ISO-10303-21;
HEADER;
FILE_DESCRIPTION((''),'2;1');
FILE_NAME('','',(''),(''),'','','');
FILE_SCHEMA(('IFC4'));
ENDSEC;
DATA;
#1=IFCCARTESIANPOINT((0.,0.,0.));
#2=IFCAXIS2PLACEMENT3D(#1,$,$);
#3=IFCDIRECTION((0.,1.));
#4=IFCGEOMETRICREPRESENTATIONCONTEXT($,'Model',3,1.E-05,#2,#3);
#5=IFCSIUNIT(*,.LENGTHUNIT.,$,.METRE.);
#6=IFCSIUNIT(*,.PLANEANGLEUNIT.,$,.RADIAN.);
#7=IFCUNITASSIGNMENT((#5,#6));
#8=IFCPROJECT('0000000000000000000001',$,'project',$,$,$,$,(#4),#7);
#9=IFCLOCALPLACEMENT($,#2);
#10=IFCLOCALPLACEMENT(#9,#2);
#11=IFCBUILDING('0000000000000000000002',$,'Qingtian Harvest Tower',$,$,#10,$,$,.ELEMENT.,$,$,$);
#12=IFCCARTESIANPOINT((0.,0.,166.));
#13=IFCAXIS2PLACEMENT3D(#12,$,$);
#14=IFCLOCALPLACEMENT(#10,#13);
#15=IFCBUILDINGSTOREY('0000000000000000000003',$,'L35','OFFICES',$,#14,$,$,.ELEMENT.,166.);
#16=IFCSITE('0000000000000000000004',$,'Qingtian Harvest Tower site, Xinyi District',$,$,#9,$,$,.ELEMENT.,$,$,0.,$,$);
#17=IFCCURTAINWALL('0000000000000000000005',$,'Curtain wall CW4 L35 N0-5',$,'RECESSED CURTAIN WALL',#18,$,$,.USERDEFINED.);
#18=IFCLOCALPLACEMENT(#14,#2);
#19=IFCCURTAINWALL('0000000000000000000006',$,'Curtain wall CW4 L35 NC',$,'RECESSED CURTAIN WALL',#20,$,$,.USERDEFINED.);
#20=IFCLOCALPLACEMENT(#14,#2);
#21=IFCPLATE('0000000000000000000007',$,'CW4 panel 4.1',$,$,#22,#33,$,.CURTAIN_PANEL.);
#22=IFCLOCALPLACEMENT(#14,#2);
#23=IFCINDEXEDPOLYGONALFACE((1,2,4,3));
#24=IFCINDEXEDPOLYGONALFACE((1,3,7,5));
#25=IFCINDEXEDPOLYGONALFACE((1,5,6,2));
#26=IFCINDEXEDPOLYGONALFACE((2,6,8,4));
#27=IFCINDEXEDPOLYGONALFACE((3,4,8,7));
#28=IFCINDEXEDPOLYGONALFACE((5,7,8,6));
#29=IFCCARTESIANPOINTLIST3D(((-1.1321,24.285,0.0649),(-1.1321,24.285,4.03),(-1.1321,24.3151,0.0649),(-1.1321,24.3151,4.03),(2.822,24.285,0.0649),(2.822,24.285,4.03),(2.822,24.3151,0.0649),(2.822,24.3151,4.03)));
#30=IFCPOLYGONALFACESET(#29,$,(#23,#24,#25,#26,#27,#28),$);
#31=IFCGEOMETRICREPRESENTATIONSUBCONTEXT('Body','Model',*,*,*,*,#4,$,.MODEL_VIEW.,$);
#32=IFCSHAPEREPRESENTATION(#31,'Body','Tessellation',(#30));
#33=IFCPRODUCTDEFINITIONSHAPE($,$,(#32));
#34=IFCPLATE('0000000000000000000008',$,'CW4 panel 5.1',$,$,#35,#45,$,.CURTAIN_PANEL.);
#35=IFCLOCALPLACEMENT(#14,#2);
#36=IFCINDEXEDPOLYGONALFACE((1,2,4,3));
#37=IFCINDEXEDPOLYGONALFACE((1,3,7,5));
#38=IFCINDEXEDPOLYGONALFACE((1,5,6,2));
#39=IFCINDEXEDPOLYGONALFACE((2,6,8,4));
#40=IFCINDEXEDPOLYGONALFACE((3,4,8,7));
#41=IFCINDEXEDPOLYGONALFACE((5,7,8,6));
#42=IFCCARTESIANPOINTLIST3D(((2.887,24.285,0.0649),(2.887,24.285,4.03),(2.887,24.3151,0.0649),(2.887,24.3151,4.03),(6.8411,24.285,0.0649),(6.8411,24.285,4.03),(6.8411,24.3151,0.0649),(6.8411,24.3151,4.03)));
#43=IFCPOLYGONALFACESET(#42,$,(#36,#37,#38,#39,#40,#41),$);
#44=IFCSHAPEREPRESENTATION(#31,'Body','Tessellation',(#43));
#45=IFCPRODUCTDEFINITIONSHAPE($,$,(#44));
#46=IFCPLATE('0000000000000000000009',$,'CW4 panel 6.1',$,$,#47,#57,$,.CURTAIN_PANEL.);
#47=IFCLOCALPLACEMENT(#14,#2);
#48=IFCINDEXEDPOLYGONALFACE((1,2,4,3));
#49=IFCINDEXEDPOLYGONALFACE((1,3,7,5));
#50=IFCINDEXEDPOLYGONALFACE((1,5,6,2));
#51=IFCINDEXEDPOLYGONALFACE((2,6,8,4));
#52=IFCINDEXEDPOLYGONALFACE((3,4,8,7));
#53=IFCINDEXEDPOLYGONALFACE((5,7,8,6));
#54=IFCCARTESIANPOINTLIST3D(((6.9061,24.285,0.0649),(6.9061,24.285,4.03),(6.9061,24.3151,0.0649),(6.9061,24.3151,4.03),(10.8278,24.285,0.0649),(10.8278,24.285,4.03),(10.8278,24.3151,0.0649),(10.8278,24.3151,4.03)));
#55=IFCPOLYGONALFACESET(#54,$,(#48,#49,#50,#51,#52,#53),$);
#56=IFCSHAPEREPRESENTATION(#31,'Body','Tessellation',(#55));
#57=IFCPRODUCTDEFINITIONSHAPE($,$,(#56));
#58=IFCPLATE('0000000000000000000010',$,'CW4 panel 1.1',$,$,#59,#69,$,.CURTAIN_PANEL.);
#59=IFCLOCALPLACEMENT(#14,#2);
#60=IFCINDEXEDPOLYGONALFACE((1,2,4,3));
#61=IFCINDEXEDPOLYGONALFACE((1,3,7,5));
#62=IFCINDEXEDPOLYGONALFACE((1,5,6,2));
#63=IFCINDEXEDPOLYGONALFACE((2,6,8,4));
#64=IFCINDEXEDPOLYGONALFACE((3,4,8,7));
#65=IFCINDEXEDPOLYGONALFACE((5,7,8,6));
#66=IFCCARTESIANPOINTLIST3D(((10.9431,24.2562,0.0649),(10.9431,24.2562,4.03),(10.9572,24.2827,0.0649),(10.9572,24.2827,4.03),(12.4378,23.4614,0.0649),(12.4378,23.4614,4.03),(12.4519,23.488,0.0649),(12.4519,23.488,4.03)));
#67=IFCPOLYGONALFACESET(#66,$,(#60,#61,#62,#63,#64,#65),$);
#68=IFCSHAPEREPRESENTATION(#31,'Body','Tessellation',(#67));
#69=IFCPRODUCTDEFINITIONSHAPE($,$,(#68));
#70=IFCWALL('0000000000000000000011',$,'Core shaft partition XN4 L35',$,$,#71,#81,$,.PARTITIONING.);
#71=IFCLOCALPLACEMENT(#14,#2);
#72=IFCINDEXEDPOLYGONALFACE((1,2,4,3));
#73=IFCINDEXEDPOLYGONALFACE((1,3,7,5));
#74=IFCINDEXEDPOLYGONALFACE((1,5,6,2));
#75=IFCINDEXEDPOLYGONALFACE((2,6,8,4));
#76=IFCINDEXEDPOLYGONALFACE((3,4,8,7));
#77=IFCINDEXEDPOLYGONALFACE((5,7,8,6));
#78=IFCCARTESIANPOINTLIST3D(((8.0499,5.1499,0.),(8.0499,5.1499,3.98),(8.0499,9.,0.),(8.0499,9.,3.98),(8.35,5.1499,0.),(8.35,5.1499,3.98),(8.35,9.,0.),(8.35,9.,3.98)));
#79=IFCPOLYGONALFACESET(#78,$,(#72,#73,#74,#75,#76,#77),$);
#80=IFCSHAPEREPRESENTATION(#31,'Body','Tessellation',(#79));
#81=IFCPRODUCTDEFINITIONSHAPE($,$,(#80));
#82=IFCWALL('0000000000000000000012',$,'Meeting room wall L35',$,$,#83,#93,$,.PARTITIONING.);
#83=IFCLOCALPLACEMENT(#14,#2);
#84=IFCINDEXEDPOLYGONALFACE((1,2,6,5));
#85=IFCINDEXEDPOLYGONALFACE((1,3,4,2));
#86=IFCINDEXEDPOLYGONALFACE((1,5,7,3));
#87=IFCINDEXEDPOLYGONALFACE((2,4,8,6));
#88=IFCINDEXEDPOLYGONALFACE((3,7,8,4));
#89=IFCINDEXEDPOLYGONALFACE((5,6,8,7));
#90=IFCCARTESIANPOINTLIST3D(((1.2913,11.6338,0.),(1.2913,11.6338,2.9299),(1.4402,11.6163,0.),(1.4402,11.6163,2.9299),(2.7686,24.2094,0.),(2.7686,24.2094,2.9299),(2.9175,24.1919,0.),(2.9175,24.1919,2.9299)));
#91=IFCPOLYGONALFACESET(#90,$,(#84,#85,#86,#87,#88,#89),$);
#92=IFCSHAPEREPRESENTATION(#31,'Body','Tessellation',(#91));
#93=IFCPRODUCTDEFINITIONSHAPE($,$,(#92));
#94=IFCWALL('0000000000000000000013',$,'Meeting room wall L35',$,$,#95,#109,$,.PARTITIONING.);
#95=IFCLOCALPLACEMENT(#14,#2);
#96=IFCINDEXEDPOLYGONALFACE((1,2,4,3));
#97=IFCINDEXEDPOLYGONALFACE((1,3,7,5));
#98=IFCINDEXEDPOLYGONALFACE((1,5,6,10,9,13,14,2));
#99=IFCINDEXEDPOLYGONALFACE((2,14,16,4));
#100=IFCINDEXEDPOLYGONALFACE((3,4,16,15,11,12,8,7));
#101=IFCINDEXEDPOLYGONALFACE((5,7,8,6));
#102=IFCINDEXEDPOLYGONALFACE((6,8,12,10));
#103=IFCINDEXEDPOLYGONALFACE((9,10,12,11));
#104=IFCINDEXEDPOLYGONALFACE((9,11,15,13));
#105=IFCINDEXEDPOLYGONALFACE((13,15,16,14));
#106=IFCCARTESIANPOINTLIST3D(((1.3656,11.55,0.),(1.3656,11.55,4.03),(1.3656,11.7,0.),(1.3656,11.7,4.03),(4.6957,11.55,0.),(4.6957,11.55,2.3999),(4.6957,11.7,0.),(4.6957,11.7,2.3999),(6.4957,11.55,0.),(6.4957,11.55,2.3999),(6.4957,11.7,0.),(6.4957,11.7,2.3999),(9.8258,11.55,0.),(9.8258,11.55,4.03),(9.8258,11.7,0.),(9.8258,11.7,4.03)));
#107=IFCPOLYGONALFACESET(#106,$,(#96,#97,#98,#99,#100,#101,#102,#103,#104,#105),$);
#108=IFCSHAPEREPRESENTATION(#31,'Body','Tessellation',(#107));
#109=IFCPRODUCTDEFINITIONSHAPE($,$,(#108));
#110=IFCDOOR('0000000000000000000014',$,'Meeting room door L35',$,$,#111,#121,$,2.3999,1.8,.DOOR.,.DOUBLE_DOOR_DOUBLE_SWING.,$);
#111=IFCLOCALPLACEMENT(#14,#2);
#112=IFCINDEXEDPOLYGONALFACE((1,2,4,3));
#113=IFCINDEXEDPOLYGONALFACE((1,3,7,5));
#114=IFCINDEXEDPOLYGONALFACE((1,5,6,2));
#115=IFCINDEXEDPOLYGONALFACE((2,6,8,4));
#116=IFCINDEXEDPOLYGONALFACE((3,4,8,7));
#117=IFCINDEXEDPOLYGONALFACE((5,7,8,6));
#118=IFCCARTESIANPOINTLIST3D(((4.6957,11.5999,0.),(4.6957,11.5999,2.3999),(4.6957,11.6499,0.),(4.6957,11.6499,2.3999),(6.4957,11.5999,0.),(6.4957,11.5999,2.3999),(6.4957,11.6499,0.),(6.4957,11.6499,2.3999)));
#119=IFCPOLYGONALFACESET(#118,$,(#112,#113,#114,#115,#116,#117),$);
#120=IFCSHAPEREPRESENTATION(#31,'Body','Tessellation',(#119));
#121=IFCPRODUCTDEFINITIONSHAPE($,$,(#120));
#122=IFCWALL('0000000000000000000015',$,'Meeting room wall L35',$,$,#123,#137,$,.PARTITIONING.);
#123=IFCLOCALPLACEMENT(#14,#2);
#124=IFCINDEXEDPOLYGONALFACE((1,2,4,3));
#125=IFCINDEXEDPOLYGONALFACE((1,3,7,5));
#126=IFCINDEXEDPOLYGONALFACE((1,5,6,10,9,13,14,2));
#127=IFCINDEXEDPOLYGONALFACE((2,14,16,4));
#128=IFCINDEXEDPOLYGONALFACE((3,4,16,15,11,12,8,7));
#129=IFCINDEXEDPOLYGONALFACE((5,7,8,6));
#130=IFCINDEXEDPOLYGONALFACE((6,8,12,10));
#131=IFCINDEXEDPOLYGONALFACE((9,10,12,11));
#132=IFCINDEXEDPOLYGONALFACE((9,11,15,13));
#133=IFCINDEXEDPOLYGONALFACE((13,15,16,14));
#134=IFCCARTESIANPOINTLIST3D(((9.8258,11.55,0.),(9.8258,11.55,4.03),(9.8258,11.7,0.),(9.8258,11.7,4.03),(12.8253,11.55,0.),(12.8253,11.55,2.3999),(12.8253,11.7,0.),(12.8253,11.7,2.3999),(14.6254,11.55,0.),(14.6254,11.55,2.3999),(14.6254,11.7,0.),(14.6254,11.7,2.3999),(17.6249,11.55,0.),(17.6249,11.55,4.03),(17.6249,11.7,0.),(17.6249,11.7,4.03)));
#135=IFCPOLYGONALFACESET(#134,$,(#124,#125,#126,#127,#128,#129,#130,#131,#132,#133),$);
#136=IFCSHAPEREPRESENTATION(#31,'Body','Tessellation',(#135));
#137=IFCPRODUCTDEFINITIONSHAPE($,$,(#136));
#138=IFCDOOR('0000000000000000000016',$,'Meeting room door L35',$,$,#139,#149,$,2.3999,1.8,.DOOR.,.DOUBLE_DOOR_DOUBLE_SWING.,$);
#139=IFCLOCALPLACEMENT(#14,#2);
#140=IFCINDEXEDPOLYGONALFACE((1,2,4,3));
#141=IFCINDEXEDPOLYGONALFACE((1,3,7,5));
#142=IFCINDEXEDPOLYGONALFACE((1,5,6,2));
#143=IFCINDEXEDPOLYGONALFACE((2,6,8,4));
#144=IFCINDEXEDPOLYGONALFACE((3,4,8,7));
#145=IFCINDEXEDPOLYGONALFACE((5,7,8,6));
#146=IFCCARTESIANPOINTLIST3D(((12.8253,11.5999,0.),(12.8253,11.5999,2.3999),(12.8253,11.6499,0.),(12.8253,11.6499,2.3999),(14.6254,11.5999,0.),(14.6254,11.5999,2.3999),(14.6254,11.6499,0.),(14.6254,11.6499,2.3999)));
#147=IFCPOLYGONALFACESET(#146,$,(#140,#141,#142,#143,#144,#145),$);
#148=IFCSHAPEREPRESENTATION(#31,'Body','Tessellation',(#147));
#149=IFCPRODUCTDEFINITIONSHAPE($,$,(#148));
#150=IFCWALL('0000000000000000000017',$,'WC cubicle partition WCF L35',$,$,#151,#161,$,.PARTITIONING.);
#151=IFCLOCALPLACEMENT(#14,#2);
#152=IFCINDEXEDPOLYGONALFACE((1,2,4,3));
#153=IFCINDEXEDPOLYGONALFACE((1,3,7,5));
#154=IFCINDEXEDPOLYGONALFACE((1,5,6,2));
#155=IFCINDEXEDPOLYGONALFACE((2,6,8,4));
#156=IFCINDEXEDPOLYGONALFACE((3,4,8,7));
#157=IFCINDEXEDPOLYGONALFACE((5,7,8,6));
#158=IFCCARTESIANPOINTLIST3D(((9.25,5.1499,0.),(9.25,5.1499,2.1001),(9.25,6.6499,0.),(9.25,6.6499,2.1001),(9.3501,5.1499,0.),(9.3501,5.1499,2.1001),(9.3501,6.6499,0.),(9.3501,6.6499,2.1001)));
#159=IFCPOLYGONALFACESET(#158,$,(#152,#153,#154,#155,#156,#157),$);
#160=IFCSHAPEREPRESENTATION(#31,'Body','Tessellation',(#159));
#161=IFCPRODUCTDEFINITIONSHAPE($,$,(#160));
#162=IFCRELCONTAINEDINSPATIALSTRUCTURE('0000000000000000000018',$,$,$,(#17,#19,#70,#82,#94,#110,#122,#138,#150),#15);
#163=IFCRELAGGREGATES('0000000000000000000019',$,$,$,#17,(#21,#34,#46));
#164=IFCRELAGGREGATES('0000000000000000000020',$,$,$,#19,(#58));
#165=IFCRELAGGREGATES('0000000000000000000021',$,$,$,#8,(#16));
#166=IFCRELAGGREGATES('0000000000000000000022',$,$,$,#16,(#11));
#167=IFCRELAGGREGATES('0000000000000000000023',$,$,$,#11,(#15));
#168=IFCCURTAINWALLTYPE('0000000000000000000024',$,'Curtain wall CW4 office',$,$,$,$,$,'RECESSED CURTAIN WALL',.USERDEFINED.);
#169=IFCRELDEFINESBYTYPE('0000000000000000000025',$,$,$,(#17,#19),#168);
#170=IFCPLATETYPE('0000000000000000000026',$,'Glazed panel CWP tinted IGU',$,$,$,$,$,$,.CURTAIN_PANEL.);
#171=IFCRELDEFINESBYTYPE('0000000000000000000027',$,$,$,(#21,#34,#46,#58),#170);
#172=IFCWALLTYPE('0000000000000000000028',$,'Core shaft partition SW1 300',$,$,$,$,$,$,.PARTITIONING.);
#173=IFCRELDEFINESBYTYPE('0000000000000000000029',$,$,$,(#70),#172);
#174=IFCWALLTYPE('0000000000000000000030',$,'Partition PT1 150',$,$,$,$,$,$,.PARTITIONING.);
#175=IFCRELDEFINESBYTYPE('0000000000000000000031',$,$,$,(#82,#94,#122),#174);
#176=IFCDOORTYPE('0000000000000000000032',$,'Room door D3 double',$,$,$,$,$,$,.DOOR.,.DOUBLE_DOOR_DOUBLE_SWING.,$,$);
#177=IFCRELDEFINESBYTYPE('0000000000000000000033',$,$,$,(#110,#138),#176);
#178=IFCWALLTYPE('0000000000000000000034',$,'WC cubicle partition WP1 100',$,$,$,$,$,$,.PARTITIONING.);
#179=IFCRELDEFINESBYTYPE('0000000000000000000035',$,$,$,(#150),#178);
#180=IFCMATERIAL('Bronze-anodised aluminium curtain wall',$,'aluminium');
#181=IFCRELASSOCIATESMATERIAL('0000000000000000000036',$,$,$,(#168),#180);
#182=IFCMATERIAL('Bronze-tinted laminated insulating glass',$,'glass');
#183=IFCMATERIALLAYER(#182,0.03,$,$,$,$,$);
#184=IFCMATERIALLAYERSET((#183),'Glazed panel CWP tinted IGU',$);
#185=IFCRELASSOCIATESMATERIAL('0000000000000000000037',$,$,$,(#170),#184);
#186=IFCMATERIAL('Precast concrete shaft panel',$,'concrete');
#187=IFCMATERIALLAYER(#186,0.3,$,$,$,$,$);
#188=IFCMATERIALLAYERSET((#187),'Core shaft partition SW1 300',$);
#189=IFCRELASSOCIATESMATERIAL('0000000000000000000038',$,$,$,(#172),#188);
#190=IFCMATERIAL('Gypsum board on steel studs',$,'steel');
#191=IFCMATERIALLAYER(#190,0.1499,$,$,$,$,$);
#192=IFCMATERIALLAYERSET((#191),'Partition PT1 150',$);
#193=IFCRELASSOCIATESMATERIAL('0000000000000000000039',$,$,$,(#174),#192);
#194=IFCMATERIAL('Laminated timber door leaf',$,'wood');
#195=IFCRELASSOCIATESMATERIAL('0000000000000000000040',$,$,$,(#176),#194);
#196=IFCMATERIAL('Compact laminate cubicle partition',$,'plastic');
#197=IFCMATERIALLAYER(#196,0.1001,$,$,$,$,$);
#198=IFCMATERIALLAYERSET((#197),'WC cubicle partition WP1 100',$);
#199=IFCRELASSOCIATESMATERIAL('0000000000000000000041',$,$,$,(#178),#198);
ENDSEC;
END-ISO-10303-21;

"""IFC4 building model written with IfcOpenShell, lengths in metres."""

from ifc_helpers import new_model, si_unit, direction, frame, frame_2d, origin, origin_2d, place, context, subcontext, project, spatial, rectangle, extrude, material, layer, layer_set, type_object, element, fill, aggregate, save


model = new_model("IFC4")

# Units and contexts
model_context = context("Model", 3, precision=1e-05, world=origin(), true_north=direction((0.0, 1.0)))
body_context = subcontext(model_context, "Body", "Model", "MODEL_VIEW")
ifc_project = project(units=[si_unit("LENGTHUNIT", "METRE"), si_unit("PLANEANGLEUNIT", "RADIAN")], contexts=[model_context])

# Site, building, storey
site_placement = place(None, origin())
site = spatial("IfcSite", under=ifc_project, at=site_placement, Name="Qingtian Harvest Tower site, Xinyi District", CompositionType="ELEMENT", RefElevation=0.0)
building_placement = place(site_placement, origin())
building = spatial("IfcBuilding", under=site, at=building_placement, Name="Qingtian Harvest Tower", CompositionType="ELEMENT")
storey_placement = place(building_placement, frame((0.0, 0.0, 166.0)))
storey = spatial("IfcBuildingStorey", under=building, at=storey_placement, Name="L35", Description="OFFICES", CompositionType="ELEMENT", Elevation=166.0)

# Curtain walls
ifc_material_1 = material(Name="Bronze-anodised aluminium curtain wall", Category="aluminium")
curtain_wall_type = type_object("IfcCurtainWallType", Name="Curtain wall CW4 office", ElementType="RECESSED CURTAIN WALL", PredefinedType="USERDEFINED", material=ifc_material_1)
curtain_wall_1_placement = place(storey_placement, origin())
curtain_wall_1 = element("IfcCurtainWall", 1, at=curtain_wall_1_placement, inside=storey, type_object=curtain_wall_type, Name="Curtain wall CW4 L35 N0-5", ObjectType="RECESSED CURTAIN WALL", PredefinedType="USERDEFINED")
curtain_wall_2_placement = place(storey_placement, origin())
curtain_wall_2 = element("IfcCurtainWall", 2, at=curtain_wall_2_placement, inside=storey, type_object=curtain_wall_type, Name="Curtain wall CW4 L35 NC", ObjectType="RECESSED CURTAIN WALL", PredefinedType="USERDEFINED")

# Plates
ifc_material_2 = material(Name="Bronze-tinted laminated insulating glass", Category="glass")
ifc_layer_1 = layer(ifc_material_2, 0.03)
ifc_layer_set_1 = layer_set([ifc_layer_1], Name="Glazed panel CWP tinted IGU")
plate_type = type_object("IfcPlateType", Name="Glazed panel CWP tinted IGU", PredefinedType="CURTAIN_PANEL", material=ifc_layer_set_1)
plate_1_placement = place(storey_placement, frame((0.845, 24.3, 0.0649), z_axis=(0.0, 0.0, 1.0), x_axis=(1.0, 0.0, 0.0)))
plate_1 = element("IfcPlate", 3, at=plate_1_placement, type_object=plate_type, Name="CW4 panel 4.1", PredefinedType="CURTAIN_PANEL", context=body_context, shape_type="SweptSolid", body=[
    extrude(rectangle(XDim=3.9541, YDim=0.03, at=origin_2d()), origin(), (0.0, 0.0, 1.0), 3.9651),
])
plate_2_placement = place(storey_placement, frame((4.864, 24.3, 0.0649), z_axis=(0.0, 0.0, 1.0), x_axis=(1.0, 0.0, 0.0)))
plate_2 = element("IfcPlate", 4, at=plate_2_placement, type_object=plate_type, Name="CW4 panel 5.1", PredefinedType="CURTAIN_PANEL", context=body_context, shape_type="SweptSolid", body=[
    extrude(rectangle(XDim=3.9541, YDim=0.03, at=origin_2d()), origin(), (0.0, 0.0, 1.0), 3.9651),
])
plate_3_placement = place(storey_placement, frame((8.8669, 24.3, 0.0649), z_axis=(0.0, 0.0, 1.0), x_axis=(1.0, 0.0, 0.0)))
plate_3 = element("IfcPlate", 5, at=plate_3_placement, type_object=plate_type, Name="CW4 panel 6.1", PredefinedType="CURTAIN_PANEL", context=body_context, shape_type="SweptSolid", body=[
    extrude(rectangle(XDim=3.9216, YDim=0.03, at=origin_2d()), origin(), (0.0, 0.0, 1.0), 3.9651),
])
aggregate(curtain_wall_1, [plate_1, plate_2, plate_3])
plate_4_placement = place(storey_placement, frame((11.6975, 23.8721, 0.0649), z_axis=(0.0, 0.0, 1.0), x_axis=(0.882948, -0.469472, 0.0)))
plate_4 = element("IfcPlate", 6, at=plate_4_placement, type_object=plate_type, Name="CW4 panel 1.1", PredefinedType="CURTAIN_PANEL", context=body_context, shape_type="SweptSolid", body=[
    extrude(rectangle(XDim=1.6929, YDim=0.03, at=origin_2d()), origin(), (0.0, 0.0, 1.0), 3.9651),
])
aggregate(curtain_wall_2, [plate_4])

# Walls
ifc_material_3 = material(Name="Precast concrete shaft panel", Category="concrete")
ifc_layer_2 = layer(ifc_material_3, 0.3)
ifc_layer_set_2 = layer_set([ifc_layer_2], Name="Core shaft partition SW1 300")
wall_type_1 = type_object("IfcWallType", Name="Core shaft partition SW1 300", PredefinedType="PARTITIONING", material=ifc_layer_set_2)
wall_1_placement = place(storey_placement, frame((8.2, 5.1499, 0.0), z_axis=(0.0, 0.0, 1.0), x_axis=(0.0, 1.0, 0.0)))
element("IfcWall", 7, at=wall_1_placement, inside=storey, type_object=wall_type_1, Name="Core shaft partition XN4 L35", PredefinedType="PARTITIONING", context=body_context, shape_type="SweptSolid", body=[
    extrude(rectangle(XDim=3.8501, YDim=0.3, at=frame_2d((1.925, 0.0))), origin(), (0.0, 0.0, 1.0), 3.98),
])
ifc_material_4 = material(Name="Gypsum board on steel studs", Category="steel")
ifc_layer_3 = layer(ifc_material_4, 0.1499)
ifc_layer_set_3 = layer_set([ifc_layer_3], Name="Partition PT1 150")
wall_type_2 = type_object("IfcWallType", Name="Partition PT1 150", PredefinedType="PARTITIONING", material=ifc_layer_set_3)
wall_2_placement = place(storey_placement, frame((2.843, 24.2007, 0.0), z_axis=(0.0, 0.0, 1.0), x_axis=(-0.11667, -0.993171, 0.0)))
element("IfcWall", 8, at=wall_2_placement, inside=storey, type_object=wall_type_2, Name="Meeting room wall L35", PredefinedType="PARTITIONING", context=body_context, shape_type="SweptSolid", body=[
    extrude(rectangle(XDim=12.6621, YDim=0.1499, at=frame_2d((6.3311, 0.0))), origin(), (0.0, 0.0, 1.0), 2.9299),
])

# Walls, openings, doors
wall_3_placement = place(storey_placement, frame((1.3657, 11.625, 0.0), z_axis=(0.0, 0.0, 1.0), x_axis=(1.0, 0.0, 0.0)))
wall_3 = element("IfcWall", 9, at=wall_3_placement, inside=storey, type_object=wall_type_2, Name="Meeting room wall L35", PredefinedType="PARTITIONING", context=body_context, shape_type="SweptSolid", body=[
    extrude(rectangle(XDim=8.4602, YDim=0.1499, at=frame_2d((4.23, 0.0))), origin(), (0.0, 0.0, 1.0), 4.03),
])
opening_1_placement = place(wall_3_placement, frame((3.3301, 0.0, 0.0)))
opening_1 = element("IfcOpeningElement", 10, at=opening_1_placement, cuts=wall_3, PredefinedType="OPENING", context=body_context, shape_type="SweptSolid", body=[
    extrude(rectangle(XDim=1.8, YDim=2.3999, at=frame_2d((0.8999, 1.2))), frame((0.0, 0.085, 0.0), z_axis=(0.0, -1.0, 0.0), x_axis=(1.0, 0.0, 0.0)), (0.0, 0.0, 1.0), 0.1699),
])
ifc_material_5 = material(Name="Laminated timber door leaf", Category="wood")
door_type = type_object("IfcDoorType", Name="Room door D3 double", OperationType="DOUBLE_DOOR_DOUBLE_SWING", PredefinedType="DOOR", material=ifc_material_5)
door_1_placement = place(opening_1_placement, origin())
door_1 = element("IfcDoor", 11, at=door_1_placement, inside=storey, type_object=door_type, Name="Meeting room door L35", OperationType="DOUBLE_DOOR_DOUBLE_SWING", OverallHeight=2.3999, OverallWidth=1.8, PredefinedType="DOOR", context=body_context, shape_type="SweptSolid", body=[
    extrude(rectangle(XDim=1.8, YDim=2.3999, at=frame_2d((0.8999, 1.2))), frame((0.0, 0.0249, 0.0), z_axis=(0.0, -1.0, 0.0), x_axis=(1.0, 0.0, 0.0)), (0.0, 0.0, 1.0), 0.05),
])
fill(opening_1, door_1)
wall_4_placement = place(storey_placement, frame((9.8259, 11.625, 0.0), z_axis=(0.0, 0.0, 1.0), x_axis=(1.0, 0.0, 0.0)))
wall_4 = element("IfcWall", 12, at=wall_4_placement, inside=storey, type_object=wall_type_2, Name="Meeting room wall L35", PredefinedType="PARTITIONING", context=body_context, shape_type="SweptSolid", body=[
    extrude(rectangle(XDim=7.7991, YDim=0.1499, at=frame_2d((3.8994, 0.0))), origin(), (0.0, 0.0, 1.0), 4.03),
])
opening_2_placement = place(wall_4_placement, frame((2.9995, 0.0, 0.0)))
opening_2 = element("IfcOpeningElement", 13, at=opening_2_placement, cuts=wall_4, PredefinedType="OPENING", context=body_context, shape_type="SweptSolid", body=[
    extrude(rectangle(XDim=1.8, YDim=2.3999, at=frame_2d((0.8999, 1.2))), frame((0.0, 0.085, 0.0), z_axis=(0.0, -1.0, 0.0), x_axis=(1.0, 0.0, 0.0)), (0.0, 0.0, 1.0), 0.1699),
])
door_2_placement = place(opening_2_placement, origin())
door_2 = element("IfcDoor", 14, at=door_2_placement, inside=storey, type_object=door_type, Name="Meeting room door L35", OperationType="DOUBLE_DOOR_DOUBLE_SWING", OverallHeight=2.3999, OverallWidth=1.8, PredefinedType="DOOR", context=body_context, shape_type="SweptSolid", body=[
    extrude(rectangle(XDim=1.8, YDim=2.3999, at=frame_2d((0.8999, 1.2))), frame((0.0, 0.0249, 0.0), z_axis=(0.0, -1.0, 0.0), x_axis=(1.0, 0.0, 0.0)), (0.0, 0.0, 1.0), 0.05),
])
fill(opening_2, door_2)

# Wall
ifc_material_6 = material(Name="Compact laminate cubicle partition", Category="plastic")
ifc_layer_4 = layer(ifc_material_6, 0.1001)
ifc_layer_set_4 = layer_set([ifc_layer_4], Name="WC cubicle partition WP1 100")
wall_type_3 = type_object("IfcWallType", Name="WC cubicle partition WP1 100", PredefinedType="PARTITIONING", material=ifc_layer_set_4)
wall_5_placement = place(storey_placement, frame((9.3, 5.1499, 0.0), z_axis=(0.0, 0.0, 1.0), x_axis=(0.0, 1.0, 0.0)))
element("IfcWall", 15, at=wall_5_placement, inside=storey, type_object=wall_type_3, Name="WC cubicle partition WCF L35", PredefinedType="PARTITIONING", context=body_context, shape_type="SweptSolid", body=[
    extrude(rectangle(XDim=1.5, YDim=0.1001, at=frame_2d((0.75, 0.0))), origin(), (0.0, 0.0, 1.0), 2.1001),
])

save(model, "model.ifc")
